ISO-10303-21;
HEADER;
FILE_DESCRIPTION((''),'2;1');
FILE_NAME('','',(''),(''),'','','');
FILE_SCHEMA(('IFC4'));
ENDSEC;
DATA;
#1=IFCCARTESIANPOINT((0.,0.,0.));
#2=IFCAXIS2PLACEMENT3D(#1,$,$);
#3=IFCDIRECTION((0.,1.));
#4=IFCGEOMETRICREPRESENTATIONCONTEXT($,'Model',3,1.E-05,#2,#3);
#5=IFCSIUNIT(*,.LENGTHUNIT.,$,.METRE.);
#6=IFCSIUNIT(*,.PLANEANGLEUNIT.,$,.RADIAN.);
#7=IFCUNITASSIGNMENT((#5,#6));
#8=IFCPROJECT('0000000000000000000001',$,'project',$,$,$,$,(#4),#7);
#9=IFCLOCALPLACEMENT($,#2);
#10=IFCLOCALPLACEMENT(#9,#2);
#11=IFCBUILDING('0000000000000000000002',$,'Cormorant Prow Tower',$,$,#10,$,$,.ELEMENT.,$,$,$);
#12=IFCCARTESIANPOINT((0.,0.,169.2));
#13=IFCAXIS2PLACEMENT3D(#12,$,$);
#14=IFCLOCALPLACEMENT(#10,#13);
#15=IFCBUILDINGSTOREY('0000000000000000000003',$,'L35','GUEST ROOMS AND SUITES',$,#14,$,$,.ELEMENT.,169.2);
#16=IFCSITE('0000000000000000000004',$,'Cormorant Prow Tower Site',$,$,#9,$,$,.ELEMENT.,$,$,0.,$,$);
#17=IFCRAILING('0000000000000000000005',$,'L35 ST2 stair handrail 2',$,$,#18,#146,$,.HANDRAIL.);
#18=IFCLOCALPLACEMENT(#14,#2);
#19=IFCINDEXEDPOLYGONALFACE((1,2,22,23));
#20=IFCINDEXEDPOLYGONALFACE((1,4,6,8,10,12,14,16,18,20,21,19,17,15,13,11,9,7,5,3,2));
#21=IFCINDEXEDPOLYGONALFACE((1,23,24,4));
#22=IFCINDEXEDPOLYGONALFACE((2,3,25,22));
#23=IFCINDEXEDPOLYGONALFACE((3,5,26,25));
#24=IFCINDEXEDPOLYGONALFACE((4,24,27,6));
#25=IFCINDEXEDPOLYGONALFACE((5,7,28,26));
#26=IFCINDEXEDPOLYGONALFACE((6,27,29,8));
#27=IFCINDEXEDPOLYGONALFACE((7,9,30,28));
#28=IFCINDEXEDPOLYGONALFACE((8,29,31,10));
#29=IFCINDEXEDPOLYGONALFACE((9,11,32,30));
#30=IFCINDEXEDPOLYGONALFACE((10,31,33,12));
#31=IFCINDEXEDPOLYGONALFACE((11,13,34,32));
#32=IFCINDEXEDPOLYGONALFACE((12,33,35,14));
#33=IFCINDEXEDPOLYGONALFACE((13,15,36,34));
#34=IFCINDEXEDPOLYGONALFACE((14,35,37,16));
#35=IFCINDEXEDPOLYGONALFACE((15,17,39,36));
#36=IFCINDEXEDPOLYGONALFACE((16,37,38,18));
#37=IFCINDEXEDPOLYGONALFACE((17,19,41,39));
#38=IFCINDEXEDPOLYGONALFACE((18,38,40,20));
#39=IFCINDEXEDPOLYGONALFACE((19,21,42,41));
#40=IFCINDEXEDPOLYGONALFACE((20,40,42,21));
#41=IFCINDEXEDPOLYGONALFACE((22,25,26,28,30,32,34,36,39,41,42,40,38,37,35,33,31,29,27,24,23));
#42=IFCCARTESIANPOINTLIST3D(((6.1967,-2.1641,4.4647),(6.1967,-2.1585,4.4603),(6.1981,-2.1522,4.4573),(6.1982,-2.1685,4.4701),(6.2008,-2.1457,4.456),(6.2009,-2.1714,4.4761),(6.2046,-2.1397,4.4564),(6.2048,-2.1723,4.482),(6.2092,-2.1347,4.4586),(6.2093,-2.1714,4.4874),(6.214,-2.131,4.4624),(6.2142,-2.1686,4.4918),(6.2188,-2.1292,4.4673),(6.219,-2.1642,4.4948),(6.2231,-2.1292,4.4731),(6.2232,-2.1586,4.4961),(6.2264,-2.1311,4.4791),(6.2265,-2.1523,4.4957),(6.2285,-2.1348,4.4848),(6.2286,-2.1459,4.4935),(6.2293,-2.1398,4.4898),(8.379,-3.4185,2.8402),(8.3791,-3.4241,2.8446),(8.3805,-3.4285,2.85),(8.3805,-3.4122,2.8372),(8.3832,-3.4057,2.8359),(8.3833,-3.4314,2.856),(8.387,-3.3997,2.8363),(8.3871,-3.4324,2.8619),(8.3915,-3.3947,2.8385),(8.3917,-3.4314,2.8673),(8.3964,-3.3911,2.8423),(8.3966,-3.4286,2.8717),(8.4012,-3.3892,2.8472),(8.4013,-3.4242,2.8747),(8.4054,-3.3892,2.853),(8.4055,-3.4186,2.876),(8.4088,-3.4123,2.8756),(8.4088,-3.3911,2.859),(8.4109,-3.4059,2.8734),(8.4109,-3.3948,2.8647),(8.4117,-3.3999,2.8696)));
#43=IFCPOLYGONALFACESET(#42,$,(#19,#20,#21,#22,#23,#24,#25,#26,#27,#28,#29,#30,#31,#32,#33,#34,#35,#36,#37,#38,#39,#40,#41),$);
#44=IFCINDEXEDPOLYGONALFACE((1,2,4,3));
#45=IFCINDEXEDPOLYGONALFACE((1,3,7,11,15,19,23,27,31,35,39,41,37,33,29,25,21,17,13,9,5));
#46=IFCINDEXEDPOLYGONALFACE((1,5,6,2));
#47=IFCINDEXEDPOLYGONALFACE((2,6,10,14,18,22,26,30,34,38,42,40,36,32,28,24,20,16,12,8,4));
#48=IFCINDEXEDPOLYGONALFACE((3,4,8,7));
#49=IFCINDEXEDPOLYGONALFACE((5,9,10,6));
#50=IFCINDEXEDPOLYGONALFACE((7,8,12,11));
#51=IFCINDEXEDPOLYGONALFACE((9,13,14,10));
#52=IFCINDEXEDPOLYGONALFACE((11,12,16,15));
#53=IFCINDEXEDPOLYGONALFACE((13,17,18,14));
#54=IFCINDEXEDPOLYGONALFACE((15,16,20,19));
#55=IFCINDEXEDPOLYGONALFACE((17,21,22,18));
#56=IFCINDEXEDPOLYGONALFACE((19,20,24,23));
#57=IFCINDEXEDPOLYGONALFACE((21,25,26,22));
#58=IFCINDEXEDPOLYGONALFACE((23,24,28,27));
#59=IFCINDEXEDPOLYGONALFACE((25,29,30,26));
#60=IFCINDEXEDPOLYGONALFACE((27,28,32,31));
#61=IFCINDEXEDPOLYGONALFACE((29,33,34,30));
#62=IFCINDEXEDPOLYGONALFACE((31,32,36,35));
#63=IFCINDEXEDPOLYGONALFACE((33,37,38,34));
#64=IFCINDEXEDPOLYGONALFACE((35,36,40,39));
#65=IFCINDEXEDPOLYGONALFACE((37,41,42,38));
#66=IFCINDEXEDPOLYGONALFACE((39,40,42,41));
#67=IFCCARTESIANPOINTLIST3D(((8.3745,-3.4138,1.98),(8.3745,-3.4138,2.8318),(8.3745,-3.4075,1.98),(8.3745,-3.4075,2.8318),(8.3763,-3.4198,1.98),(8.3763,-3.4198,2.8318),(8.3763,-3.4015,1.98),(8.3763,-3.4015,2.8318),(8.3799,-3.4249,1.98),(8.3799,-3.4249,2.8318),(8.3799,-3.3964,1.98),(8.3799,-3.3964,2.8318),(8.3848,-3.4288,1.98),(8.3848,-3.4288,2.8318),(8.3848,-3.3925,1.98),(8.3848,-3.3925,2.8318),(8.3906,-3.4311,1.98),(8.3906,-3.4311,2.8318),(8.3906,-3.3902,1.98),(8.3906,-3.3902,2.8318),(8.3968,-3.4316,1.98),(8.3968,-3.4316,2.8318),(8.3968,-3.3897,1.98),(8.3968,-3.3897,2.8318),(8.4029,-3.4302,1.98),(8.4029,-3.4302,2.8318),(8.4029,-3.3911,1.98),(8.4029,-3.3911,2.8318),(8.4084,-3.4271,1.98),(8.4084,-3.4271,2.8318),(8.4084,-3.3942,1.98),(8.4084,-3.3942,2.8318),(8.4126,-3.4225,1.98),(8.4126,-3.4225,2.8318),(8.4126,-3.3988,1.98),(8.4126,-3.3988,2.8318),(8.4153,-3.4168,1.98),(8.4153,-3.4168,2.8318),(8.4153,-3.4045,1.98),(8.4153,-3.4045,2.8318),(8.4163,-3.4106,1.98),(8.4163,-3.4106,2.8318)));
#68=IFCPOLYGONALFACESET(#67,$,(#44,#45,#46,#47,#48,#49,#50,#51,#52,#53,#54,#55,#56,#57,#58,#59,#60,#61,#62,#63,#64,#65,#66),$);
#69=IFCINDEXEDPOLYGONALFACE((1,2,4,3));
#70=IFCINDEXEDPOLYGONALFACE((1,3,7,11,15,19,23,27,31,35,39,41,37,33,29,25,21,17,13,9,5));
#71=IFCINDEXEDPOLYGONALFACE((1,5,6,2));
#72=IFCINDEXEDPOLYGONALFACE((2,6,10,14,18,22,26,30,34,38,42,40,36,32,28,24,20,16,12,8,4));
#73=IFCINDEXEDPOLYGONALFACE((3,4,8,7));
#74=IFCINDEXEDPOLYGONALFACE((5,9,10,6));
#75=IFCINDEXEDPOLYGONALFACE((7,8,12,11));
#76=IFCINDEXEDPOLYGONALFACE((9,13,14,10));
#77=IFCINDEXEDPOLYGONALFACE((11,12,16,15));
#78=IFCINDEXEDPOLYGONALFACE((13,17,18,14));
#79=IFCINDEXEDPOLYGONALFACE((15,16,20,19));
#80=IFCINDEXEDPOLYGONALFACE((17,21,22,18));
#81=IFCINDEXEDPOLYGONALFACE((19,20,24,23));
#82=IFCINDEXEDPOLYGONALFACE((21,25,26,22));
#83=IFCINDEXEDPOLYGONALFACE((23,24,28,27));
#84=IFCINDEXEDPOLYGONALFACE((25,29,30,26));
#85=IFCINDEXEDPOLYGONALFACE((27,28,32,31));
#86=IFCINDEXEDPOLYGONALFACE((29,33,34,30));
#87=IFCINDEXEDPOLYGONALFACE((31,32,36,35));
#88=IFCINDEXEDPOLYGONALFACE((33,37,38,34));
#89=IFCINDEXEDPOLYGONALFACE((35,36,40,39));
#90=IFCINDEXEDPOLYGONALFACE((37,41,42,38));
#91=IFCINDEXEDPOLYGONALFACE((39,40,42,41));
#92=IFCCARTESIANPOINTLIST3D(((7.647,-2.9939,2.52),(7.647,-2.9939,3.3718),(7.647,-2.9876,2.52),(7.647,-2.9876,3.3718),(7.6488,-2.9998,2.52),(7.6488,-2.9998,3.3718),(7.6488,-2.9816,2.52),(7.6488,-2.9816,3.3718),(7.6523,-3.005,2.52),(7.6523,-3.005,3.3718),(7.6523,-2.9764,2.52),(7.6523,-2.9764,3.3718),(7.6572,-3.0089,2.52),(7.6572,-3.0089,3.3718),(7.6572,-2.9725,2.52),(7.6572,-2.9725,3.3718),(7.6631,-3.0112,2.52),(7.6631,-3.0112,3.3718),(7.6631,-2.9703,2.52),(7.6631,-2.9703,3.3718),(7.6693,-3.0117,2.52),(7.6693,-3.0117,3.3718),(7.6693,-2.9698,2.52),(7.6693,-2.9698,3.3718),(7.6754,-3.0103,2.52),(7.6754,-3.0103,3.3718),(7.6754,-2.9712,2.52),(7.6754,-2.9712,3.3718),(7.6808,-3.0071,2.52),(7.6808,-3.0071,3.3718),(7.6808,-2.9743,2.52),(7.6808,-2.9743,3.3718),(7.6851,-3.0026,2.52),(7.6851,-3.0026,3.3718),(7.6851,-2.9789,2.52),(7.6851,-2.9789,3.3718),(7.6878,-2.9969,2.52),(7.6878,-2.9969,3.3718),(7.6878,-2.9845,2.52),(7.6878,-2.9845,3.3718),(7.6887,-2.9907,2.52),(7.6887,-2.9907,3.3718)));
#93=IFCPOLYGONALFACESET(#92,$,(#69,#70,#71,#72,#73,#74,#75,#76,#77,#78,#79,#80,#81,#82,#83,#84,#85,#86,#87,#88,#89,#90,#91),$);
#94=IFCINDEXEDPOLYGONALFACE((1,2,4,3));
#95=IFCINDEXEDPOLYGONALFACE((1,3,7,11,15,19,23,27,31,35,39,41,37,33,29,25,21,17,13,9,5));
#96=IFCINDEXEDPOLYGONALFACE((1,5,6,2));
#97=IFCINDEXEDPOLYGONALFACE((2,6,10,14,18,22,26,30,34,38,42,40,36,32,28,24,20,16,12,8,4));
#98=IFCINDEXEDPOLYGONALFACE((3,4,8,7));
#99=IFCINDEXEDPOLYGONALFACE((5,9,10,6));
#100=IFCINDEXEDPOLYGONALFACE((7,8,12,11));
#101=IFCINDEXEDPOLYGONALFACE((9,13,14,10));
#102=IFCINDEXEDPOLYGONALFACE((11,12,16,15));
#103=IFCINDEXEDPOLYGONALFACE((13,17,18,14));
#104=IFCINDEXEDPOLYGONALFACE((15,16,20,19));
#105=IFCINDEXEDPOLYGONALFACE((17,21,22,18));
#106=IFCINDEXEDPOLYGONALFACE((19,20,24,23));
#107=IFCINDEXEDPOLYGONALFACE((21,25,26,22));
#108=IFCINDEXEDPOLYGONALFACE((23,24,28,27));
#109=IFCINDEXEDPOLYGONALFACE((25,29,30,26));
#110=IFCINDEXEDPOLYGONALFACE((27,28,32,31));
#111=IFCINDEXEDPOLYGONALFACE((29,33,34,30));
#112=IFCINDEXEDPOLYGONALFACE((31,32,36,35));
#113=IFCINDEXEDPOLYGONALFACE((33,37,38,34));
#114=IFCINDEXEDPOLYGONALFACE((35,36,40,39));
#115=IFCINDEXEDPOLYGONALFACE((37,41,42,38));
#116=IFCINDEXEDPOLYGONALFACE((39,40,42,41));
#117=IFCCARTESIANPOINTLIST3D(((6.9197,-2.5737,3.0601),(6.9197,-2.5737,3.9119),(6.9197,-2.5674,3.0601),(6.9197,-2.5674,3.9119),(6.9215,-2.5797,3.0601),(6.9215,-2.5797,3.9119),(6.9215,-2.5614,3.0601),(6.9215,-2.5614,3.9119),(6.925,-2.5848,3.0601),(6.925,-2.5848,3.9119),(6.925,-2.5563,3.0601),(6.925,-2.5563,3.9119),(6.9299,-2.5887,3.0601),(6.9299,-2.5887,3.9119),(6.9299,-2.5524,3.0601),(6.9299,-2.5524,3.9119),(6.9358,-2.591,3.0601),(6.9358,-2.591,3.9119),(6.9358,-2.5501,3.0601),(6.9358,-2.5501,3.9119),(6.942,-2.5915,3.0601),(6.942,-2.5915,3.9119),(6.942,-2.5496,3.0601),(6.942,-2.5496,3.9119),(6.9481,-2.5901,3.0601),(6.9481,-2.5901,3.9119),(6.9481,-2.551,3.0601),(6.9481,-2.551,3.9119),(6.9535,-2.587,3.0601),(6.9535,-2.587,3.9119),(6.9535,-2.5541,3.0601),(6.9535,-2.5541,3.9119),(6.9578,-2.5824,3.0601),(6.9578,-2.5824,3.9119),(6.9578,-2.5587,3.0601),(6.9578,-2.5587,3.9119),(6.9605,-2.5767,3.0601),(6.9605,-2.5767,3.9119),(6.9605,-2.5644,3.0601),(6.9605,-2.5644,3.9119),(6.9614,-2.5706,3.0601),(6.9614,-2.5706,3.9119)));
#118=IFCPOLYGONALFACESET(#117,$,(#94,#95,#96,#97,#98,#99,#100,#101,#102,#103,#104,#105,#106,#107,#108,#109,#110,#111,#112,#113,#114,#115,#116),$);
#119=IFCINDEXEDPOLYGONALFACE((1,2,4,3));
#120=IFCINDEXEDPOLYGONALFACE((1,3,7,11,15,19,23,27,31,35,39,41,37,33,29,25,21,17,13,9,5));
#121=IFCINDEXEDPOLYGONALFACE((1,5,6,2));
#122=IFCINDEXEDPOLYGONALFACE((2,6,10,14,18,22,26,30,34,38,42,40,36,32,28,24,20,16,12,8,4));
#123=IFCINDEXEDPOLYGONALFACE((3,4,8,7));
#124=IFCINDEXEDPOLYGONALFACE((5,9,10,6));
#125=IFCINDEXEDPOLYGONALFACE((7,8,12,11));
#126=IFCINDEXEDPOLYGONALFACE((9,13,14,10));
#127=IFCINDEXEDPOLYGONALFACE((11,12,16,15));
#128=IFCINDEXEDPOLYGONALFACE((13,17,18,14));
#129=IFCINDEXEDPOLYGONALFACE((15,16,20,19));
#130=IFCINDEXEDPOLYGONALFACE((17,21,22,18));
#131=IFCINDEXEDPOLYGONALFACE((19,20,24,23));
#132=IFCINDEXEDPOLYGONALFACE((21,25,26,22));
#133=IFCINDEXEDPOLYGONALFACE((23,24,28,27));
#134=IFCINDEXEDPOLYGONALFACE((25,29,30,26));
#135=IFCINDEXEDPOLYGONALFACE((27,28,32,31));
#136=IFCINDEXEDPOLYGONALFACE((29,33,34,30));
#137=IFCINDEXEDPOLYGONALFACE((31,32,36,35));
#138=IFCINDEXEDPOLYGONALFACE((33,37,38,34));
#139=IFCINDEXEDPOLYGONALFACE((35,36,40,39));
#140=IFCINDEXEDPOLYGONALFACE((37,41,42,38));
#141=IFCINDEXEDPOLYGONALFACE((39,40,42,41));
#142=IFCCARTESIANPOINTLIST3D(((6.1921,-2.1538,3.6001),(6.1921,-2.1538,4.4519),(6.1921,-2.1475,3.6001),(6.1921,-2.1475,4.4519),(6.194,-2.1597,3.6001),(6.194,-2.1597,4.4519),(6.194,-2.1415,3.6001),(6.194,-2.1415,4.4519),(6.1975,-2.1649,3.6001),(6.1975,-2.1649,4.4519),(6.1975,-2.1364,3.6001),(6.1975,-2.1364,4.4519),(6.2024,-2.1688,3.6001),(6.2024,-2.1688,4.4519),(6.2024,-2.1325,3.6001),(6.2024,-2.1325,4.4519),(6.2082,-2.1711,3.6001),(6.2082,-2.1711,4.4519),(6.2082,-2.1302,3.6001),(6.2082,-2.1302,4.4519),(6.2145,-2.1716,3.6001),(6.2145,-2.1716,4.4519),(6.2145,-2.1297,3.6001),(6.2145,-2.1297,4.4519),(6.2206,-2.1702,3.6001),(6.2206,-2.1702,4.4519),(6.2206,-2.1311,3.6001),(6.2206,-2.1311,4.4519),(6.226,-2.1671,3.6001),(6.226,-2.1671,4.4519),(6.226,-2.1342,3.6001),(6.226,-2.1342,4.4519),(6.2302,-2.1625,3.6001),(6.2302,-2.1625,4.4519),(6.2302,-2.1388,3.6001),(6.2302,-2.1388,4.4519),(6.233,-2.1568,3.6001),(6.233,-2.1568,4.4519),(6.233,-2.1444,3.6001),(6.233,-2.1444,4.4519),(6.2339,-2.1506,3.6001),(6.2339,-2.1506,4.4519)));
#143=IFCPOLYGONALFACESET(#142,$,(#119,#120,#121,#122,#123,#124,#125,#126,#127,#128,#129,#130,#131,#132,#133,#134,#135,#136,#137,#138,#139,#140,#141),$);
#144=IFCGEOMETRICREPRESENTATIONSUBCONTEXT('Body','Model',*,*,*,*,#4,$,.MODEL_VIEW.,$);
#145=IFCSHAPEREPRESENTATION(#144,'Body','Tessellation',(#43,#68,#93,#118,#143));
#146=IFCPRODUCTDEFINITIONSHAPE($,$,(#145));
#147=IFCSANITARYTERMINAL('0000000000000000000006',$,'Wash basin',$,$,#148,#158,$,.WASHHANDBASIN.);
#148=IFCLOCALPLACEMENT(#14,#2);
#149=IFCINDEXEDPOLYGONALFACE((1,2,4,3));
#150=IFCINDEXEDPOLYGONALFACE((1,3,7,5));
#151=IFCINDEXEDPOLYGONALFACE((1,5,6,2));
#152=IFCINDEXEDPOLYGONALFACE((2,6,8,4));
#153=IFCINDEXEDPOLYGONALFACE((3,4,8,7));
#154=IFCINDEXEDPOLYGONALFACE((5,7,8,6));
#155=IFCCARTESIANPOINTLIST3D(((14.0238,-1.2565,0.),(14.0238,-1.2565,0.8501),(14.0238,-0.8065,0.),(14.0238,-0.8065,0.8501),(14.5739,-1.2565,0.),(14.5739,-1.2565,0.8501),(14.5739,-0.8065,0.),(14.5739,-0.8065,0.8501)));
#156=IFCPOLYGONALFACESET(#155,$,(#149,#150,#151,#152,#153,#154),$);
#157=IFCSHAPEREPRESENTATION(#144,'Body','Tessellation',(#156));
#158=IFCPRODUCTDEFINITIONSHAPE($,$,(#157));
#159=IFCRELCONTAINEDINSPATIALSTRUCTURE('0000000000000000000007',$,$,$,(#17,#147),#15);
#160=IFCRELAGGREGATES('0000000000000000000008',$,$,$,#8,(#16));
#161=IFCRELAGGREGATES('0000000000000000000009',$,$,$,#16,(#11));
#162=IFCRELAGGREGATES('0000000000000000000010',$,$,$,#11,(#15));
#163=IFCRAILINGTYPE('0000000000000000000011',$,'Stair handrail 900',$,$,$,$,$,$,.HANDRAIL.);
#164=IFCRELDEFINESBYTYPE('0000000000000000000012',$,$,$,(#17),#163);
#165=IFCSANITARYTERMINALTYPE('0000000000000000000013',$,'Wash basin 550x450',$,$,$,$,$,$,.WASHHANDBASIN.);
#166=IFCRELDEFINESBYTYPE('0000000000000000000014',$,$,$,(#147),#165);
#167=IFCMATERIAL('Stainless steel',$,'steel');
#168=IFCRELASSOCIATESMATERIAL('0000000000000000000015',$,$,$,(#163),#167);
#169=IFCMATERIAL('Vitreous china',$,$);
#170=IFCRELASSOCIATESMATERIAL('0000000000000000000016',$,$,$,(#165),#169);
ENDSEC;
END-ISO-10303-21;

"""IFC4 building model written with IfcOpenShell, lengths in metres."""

from ifc_helpers import new_model, si_unit, direction, frame, origin, origin_2d, place, context, subcontext, project, spatial, rectangle, circle, extrude, material, type_object, element, save


model = new_model("IFC4")

# Units and contexts
model_context = context("Model", 3, precision=1e-05, world=origin(), true_north=direction((0.0, 1.0)))
body_context = subcontext(model_context, "Body", "Model", "MODEL_VIEW")
ifc_project = project(units=[si_unit("LENGTHUNIT", "METRE"), si_unit("PLANEANGLEUNIT", "RADIAN")], contexts=[model_context])

# Site, building, storey
site_placement = place(None, origin())
site = spatial("IfcSite", under=ifc_project, at=site_placement, Name="Cormorant Prow Tower Site", CompositionType="ELEMENT", RefElevation=0.0)
building_placement = place(site_placement, origin())
building = spatial("IfcBuilding", under=site, at=building_placement, Name="Cormorant Prow Tower", CompositionType="ELEMENT")
storey_placement = place(building_placement, frame((0.0, 0.0, 169.2)))
storey = spatial("IfcBuildingStorey", under=building, at=storey_placement, Name="L35", Description="GUEST ROOMS AND SUITES", CompositionType="ELEMENT", Elevation=169.2)

# Railing
ifc_material_1 = material(Name="Stainless steel", Category="steel")
railing_type_1 = type_object("IfcRailingType", Name="Stair handrail 900", PredefinedType="HANDRAIL", material=ifc_material_1)
railing_1_placement = place(storey_placement, frame((8.3953, -3.4106, 1.98)))
element("IfcRailing", 1, at=railing_1_placement, inside=storey, type_object=railing_type_1, Name="L35 ST2 stair handrail 2", PredefinedType="HANDRAIL", context=body_context, shape_type="SweptSolid", body=[
    extrude(circle(Radius=0.0239, at=origin_2d()), frame((0.0, 0.0, 0.876), z_axis=(-0.728464, 0.420584, 0.540786), x_axis=(-0.500005, -0.866023, 0.0)), (0.0, 0.0, 1.0), 2.9958),
    extrude(circle(Radius=0.021, at=origin_2d()), origin(), (0.0, 0.0, 1.0), 0.8518),
    extrude(circle(Radius=0.021, at=origin_2d()), frame((-0.7275, 0.4199, 0.54)), (0.0, 0.0, 1.0), 0.8518),
    extrude(circle(Radius=0.021, at=origin_2d()), frame((-1.4548, 0.8401, 1.0801)), (0.0, 0.0, 1.0), 0.8518),
    extrude(circle(Radius=0.021, at=origin_2d()), frame((-2.1824, 1.26, 1.6201)), (0.0, 0.0, 1.0), 0.8518),
])

# Sanitary terminal
ifc_material_2 = material(Name="Vitreous china")
sanitary_terminal_type = type_object("IfcSanitaryTerminalType", Name="Wash basin 550x450", PredefinedType="WASHHANDBASIN", material=ifc_material_2)
sanitary_terminal_placement = place(storey_placement, frame((14.2988, -1.0315, 0.0), z_axis=(0.0, 0.0, 1.0), x_axis=(1.0, 0.0, 0.0)))
element("IfcSanitaryTerminal", 2, at=sanitary_terminal_placement, inside=storey, type_object=sanitary_terminal_type, Name="Wash basin", PredefinedType="WASHHANDBASIN", context=body_context, shape_type="SweptSolid", body=[
    extrude(rectangle(XDim=0.55, YDim=0.45, at=origin_2d()), origin(), (0.0, 0.0, 1.0), 0.8501),
])

save(model, "model.ifc")
